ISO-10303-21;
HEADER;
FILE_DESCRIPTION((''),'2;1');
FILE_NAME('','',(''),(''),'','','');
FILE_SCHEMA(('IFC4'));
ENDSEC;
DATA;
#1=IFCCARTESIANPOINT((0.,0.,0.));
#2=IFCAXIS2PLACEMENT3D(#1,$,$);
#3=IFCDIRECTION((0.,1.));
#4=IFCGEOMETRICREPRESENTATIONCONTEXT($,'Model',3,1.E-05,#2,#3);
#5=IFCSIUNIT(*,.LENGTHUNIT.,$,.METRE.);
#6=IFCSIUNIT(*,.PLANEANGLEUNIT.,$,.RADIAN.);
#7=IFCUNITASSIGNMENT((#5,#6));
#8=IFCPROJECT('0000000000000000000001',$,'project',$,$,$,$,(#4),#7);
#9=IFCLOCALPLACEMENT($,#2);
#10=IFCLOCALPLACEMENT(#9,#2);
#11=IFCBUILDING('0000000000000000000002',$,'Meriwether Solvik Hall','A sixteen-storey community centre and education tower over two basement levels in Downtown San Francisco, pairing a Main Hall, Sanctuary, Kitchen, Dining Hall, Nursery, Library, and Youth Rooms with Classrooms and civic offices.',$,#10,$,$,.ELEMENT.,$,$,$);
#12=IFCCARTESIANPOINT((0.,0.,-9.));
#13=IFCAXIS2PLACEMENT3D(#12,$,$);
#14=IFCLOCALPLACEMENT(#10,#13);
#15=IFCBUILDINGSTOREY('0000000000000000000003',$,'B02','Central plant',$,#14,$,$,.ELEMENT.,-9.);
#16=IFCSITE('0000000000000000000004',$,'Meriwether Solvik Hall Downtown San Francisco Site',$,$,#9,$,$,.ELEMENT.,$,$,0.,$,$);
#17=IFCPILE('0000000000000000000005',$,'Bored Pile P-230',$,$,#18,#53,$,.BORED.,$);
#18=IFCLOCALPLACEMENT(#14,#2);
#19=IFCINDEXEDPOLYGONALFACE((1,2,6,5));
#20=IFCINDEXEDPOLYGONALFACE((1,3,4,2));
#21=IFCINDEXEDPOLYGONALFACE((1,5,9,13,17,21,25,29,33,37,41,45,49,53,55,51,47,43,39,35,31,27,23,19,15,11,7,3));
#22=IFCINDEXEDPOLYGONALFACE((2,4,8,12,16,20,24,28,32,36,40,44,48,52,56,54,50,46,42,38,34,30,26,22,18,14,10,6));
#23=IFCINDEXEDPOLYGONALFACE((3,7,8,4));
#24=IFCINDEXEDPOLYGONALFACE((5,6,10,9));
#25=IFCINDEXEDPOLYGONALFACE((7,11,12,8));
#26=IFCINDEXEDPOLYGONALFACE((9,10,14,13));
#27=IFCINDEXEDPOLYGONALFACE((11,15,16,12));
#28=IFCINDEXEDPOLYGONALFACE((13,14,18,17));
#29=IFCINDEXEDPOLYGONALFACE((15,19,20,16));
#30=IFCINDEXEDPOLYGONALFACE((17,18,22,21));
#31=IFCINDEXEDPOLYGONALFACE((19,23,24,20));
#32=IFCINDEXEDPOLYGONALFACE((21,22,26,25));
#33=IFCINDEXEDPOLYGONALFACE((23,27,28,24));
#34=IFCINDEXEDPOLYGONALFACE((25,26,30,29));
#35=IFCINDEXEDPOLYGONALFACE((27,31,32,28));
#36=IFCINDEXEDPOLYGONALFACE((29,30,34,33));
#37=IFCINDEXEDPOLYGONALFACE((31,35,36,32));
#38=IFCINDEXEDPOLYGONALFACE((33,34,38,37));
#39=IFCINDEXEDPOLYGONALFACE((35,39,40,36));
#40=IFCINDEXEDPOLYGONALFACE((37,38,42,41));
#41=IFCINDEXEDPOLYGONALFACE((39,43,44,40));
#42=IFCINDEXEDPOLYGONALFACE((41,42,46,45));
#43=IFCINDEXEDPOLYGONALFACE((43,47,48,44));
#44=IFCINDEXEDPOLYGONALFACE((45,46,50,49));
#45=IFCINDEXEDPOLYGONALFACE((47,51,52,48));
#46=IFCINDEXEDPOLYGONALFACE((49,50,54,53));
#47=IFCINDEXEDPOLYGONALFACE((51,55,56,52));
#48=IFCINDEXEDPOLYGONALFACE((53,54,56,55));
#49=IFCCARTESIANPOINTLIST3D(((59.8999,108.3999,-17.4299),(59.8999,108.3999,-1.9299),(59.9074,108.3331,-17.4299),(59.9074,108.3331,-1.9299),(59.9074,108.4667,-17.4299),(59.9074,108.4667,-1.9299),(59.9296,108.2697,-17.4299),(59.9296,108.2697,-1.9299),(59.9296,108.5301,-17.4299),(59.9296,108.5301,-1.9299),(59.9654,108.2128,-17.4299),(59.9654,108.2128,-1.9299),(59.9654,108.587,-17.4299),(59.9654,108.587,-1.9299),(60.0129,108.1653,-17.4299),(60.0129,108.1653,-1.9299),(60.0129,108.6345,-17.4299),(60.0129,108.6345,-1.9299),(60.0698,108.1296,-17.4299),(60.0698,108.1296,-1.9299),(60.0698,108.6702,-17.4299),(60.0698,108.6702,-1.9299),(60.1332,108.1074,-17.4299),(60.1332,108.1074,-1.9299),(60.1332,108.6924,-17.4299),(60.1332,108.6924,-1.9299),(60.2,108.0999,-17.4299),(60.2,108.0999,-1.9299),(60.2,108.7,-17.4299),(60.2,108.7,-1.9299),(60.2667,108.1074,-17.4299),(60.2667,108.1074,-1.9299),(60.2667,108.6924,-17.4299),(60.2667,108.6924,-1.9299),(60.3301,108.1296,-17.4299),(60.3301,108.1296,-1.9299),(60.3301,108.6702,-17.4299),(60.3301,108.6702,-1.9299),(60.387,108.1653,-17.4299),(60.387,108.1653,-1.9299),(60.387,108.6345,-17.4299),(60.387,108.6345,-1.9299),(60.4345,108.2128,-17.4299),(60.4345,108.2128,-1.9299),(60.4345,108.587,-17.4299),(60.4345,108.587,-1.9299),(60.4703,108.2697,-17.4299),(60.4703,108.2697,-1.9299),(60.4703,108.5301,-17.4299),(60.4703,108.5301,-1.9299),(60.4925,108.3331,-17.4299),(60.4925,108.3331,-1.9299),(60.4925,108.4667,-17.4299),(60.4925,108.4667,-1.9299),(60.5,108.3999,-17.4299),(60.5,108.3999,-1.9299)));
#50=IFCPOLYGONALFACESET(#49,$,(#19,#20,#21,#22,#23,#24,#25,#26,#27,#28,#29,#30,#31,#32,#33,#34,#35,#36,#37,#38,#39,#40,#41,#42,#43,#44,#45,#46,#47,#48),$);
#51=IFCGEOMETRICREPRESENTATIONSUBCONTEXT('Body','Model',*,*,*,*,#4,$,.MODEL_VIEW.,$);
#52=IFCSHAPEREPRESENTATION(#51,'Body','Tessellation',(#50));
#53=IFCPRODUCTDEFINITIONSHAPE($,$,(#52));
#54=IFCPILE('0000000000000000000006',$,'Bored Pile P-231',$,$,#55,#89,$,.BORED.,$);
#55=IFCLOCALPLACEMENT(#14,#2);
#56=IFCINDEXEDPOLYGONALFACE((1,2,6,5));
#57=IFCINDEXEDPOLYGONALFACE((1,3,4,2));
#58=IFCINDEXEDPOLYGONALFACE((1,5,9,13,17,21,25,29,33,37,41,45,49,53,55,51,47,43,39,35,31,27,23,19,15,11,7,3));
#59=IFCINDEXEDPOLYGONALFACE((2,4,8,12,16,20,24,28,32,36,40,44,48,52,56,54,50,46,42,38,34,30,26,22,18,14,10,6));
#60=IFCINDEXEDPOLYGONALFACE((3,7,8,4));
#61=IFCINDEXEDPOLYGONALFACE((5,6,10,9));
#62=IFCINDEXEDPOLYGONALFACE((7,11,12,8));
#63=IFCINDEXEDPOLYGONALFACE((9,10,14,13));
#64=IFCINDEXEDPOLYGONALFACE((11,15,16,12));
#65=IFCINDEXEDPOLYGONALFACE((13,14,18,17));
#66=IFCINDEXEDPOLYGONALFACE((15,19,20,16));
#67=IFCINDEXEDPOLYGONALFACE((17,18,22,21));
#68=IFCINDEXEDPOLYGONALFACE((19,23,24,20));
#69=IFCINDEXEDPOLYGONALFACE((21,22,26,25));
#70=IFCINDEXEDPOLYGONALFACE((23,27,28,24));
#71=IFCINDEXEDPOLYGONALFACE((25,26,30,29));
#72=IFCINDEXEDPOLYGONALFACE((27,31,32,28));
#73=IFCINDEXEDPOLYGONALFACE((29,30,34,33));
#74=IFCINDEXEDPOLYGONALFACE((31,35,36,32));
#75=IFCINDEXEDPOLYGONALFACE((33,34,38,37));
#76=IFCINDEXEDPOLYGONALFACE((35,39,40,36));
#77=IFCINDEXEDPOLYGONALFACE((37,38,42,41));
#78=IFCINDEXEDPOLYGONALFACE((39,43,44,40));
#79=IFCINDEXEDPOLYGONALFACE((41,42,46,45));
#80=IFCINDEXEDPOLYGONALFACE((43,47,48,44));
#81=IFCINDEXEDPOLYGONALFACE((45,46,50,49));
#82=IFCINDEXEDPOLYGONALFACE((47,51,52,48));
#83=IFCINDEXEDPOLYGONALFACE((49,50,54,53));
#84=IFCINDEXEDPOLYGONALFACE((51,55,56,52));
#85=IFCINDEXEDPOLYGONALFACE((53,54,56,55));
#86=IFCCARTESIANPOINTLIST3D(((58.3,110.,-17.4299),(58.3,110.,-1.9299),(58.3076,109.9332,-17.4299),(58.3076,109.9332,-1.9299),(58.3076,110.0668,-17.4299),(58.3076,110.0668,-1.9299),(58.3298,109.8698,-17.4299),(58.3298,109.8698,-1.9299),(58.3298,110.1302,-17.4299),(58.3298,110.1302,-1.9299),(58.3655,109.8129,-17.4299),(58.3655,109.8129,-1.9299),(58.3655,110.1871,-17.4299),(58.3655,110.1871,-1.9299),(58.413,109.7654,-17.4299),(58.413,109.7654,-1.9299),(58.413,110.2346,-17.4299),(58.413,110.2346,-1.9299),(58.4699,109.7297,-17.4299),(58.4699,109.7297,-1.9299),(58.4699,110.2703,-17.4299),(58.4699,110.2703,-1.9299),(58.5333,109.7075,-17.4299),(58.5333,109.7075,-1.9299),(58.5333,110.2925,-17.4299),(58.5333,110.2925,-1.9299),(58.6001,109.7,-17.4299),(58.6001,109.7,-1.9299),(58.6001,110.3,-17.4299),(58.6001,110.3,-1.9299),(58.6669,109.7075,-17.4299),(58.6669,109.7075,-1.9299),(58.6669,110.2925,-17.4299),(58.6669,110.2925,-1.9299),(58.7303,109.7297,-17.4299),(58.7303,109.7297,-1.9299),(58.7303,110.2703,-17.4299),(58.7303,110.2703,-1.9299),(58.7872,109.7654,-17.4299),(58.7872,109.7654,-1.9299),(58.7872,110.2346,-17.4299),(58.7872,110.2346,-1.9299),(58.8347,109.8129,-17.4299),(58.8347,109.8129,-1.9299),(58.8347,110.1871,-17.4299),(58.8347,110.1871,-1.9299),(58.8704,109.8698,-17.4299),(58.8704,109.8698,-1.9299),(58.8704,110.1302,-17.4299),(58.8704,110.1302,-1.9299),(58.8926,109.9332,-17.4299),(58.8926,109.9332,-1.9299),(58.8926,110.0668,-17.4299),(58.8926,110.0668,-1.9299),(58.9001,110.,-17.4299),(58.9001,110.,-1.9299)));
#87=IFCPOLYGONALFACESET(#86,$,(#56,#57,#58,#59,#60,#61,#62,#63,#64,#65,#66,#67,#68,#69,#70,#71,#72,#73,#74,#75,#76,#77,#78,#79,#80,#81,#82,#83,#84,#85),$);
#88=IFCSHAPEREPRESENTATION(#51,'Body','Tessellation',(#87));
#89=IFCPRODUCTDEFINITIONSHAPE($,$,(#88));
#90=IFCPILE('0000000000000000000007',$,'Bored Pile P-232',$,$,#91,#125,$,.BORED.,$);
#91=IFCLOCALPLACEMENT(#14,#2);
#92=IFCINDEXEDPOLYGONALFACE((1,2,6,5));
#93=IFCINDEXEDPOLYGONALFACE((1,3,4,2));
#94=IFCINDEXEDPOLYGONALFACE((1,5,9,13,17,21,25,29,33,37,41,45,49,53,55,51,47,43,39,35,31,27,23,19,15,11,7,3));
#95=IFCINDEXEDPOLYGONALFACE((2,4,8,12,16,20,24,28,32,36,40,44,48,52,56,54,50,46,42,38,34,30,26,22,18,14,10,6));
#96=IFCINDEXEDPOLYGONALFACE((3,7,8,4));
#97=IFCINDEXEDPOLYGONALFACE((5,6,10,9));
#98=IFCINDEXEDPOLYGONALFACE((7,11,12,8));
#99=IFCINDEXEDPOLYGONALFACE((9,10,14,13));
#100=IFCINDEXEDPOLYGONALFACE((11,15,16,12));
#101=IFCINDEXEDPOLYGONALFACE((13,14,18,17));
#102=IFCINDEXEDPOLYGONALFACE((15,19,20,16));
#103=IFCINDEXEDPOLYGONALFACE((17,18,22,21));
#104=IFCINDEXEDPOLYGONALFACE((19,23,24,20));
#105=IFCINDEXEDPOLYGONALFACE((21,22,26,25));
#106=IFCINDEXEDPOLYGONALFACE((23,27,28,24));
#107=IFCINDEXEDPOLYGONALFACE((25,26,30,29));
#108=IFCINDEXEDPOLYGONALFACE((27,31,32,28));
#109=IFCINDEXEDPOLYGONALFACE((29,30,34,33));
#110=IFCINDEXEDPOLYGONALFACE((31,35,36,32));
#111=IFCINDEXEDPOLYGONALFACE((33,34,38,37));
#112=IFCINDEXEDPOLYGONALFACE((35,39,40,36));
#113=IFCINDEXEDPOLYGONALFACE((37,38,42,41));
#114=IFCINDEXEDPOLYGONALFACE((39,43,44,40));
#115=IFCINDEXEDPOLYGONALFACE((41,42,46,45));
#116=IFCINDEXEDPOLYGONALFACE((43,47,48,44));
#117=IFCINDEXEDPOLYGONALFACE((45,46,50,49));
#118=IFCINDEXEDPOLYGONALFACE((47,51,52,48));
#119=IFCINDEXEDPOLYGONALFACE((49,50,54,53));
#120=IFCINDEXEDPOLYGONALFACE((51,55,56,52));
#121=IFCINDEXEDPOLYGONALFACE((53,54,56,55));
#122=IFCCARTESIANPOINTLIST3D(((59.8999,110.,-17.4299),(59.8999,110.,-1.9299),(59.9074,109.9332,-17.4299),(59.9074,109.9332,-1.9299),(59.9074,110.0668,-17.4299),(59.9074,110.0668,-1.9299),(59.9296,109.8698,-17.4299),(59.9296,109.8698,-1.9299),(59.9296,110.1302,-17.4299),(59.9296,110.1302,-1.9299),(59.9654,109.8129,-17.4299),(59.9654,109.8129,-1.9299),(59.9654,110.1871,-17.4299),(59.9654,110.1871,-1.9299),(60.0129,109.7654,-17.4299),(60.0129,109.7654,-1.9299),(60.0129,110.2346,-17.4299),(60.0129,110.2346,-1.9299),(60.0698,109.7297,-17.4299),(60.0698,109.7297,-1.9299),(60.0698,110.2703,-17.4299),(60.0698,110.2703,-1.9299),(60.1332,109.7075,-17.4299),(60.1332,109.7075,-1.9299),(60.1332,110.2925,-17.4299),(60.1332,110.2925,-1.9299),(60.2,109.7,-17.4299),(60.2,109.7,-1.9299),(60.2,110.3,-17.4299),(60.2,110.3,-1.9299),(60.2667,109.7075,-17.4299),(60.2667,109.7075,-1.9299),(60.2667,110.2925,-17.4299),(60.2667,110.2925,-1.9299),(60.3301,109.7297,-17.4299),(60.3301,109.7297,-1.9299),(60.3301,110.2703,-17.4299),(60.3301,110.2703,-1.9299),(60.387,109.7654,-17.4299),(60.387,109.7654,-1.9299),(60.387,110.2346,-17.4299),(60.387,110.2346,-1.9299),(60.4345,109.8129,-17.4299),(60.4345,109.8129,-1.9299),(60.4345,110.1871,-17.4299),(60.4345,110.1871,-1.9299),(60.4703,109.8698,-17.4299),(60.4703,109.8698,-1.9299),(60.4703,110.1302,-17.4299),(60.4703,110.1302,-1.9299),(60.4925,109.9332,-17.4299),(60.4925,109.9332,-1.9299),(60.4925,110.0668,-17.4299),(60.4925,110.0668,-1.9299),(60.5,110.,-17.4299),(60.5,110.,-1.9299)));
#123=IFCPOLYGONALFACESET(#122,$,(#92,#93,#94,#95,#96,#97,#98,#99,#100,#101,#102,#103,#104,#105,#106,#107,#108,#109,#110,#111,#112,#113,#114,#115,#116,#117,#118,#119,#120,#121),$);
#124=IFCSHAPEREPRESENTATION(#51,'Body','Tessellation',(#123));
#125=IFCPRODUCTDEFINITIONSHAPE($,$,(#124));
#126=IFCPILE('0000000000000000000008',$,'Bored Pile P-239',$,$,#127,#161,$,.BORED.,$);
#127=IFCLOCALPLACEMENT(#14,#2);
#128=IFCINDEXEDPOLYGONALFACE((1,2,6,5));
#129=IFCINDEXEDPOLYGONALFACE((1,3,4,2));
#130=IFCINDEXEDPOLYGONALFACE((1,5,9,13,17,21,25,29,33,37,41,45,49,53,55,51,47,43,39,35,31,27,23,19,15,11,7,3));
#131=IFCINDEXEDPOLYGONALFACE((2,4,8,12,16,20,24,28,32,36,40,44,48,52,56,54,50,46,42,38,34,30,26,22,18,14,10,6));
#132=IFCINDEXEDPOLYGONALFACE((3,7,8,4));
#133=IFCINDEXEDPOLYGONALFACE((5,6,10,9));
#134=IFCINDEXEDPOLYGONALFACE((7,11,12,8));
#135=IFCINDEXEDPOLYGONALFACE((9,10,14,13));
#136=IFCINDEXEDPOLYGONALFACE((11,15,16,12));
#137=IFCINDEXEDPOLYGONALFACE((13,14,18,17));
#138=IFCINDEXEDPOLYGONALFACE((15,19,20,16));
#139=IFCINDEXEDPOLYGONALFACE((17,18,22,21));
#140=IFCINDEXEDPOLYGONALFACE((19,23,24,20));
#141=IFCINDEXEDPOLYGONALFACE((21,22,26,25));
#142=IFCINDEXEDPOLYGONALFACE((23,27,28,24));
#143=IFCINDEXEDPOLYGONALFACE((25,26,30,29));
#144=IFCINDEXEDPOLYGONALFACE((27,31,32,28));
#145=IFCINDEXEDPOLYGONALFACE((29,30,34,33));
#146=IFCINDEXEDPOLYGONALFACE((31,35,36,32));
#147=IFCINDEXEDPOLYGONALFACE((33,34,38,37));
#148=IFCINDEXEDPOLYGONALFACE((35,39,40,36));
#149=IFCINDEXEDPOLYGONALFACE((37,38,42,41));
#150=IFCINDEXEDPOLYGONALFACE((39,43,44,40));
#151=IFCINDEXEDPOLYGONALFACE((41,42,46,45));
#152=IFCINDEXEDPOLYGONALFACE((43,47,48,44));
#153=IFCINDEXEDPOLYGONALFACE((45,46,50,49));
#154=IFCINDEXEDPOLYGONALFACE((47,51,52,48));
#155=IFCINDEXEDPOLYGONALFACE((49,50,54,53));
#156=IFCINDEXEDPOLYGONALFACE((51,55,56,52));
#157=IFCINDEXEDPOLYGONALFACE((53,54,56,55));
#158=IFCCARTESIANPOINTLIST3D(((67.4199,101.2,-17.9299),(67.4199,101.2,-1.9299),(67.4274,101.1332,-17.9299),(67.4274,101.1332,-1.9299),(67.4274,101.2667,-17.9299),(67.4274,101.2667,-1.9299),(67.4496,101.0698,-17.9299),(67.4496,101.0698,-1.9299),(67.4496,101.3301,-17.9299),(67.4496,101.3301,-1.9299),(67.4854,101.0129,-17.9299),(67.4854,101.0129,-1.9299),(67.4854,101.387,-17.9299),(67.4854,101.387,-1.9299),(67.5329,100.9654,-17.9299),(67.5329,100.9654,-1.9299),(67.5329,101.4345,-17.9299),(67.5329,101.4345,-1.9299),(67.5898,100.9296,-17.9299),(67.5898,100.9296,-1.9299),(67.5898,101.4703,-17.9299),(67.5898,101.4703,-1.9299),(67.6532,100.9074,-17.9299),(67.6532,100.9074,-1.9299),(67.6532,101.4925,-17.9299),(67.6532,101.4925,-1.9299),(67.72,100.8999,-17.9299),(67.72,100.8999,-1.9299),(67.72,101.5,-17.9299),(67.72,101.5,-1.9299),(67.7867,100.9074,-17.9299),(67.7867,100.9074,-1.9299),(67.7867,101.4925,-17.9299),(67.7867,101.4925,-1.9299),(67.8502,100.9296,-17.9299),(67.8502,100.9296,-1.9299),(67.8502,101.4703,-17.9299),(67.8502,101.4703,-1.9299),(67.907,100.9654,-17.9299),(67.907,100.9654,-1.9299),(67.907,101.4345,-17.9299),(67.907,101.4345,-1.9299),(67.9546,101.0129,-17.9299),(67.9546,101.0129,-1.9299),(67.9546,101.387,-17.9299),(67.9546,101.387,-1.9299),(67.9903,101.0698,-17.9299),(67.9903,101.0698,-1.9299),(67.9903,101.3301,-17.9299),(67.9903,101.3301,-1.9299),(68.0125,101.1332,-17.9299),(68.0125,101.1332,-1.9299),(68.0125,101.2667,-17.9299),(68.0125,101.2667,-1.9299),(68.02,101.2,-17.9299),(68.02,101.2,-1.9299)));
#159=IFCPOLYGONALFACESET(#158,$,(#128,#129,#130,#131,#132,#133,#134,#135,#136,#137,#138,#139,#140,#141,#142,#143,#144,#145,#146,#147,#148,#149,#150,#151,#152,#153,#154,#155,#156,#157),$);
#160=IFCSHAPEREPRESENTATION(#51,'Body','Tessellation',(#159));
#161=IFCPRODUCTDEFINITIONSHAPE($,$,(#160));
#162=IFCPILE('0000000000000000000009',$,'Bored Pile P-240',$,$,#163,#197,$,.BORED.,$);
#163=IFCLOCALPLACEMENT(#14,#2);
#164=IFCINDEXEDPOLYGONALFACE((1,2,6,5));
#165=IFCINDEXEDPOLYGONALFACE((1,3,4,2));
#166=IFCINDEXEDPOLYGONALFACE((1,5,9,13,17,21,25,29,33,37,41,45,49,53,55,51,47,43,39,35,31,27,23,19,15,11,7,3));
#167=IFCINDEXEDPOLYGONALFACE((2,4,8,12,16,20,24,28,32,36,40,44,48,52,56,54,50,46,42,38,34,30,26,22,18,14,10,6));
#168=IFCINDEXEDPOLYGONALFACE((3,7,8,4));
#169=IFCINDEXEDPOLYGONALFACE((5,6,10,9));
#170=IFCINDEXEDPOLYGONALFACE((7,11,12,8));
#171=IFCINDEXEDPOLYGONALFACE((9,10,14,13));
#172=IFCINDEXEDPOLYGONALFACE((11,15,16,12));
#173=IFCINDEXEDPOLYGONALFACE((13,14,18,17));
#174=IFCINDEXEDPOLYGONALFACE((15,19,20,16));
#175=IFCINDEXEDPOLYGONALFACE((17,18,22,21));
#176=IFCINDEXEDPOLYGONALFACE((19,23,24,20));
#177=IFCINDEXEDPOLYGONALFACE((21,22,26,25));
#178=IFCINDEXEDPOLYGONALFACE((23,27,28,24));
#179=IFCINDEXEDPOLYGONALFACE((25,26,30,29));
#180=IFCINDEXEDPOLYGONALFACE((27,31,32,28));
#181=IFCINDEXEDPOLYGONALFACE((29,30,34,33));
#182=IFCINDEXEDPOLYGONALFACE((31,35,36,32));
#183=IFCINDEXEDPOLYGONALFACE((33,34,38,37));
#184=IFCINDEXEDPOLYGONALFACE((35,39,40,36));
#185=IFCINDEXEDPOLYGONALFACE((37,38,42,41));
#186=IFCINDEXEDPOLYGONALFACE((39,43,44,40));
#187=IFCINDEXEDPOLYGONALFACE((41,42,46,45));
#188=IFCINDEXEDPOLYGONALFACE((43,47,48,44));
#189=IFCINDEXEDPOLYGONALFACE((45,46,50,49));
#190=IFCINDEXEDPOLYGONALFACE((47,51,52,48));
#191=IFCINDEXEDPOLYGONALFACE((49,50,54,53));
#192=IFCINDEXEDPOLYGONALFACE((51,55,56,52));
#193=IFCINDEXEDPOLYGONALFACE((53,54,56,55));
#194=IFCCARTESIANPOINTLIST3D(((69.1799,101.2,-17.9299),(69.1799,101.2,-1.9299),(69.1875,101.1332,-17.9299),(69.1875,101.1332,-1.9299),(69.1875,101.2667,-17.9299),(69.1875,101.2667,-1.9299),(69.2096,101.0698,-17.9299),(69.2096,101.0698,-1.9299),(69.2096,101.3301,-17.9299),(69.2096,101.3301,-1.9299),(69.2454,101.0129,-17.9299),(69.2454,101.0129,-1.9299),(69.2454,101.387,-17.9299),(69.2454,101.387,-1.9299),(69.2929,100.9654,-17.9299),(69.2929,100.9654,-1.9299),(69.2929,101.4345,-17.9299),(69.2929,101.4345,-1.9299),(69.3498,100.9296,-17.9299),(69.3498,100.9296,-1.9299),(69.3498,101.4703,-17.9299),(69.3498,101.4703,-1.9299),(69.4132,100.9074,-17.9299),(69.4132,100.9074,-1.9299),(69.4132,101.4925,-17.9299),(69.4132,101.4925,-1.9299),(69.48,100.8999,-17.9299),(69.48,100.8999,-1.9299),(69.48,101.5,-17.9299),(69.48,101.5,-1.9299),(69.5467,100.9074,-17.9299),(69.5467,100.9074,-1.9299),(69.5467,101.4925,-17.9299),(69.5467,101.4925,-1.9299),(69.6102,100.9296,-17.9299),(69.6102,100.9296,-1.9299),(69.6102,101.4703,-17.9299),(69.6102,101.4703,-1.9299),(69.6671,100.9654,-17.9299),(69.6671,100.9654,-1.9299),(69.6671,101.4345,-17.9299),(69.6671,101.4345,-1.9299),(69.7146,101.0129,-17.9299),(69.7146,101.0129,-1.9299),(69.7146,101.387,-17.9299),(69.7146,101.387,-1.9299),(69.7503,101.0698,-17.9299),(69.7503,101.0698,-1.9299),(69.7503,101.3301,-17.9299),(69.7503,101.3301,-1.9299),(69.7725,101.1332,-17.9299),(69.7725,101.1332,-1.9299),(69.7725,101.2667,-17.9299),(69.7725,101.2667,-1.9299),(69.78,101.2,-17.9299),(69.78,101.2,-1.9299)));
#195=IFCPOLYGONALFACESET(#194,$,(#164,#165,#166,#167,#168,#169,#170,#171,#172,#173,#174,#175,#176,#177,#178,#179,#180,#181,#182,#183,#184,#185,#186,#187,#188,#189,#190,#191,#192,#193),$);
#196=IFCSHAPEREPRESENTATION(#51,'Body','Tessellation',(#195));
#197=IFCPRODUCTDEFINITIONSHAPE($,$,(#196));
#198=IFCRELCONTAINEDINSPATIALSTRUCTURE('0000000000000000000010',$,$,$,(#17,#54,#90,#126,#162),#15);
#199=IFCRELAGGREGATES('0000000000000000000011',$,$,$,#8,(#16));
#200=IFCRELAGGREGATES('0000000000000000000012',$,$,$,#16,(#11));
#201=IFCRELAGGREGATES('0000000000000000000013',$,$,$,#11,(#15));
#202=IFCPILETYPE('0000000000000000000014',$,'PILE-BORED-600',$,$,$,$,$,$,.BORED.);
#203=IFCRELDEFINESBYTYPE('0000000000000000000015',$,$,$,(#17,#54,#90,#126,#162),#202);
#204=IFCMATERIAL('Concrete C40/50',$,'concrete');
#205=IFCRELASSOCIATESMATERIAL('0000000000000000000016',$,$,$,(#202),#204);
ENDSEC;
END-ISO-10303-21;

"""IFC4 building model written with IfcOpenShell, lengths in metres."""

from ifc_helpers import new_model, si_unit, direction, frame, origin, origin_2d, place, context, subcontext, project, spatial, circle, extrude, material, material_profile, profile_set, type_object, element, save


model = new_model("IFC4")

# Units and contexts
model_context = context("Model", 3, precision=1e-05, world=origin(), true_north=direction((0.0, 1.0)))
body_context = subcontext(model_context, "Body", "Model", "MODEL_VIEW")
ifc_project = project(units=[si_unit("LENGTHUNIT", "METRE"), si_unit("PLANEANGLEUNIT", "RADIAN")], contexts=[model_context])

# Site, building, storey
site_placement = place(None, origin())
site = spatial("IfcSite", under=ifc_project, at=site_placement, Name="Meriwether Solvik Hall Downtown San Francisco Site", CompositionType="ELEMENT", RefElevation=0.0)
building_placement = place(site_placement, origin())
building = spatial("IfcBuilding", under=site, at=building_placement, Name="Meriwether Solvik Hall", Description="A sixteen-storey community centre and education tower over two basement levels in Downtown San Francisco, pairing a Main Hall, Sanctuary, Kitchen, Dining Hall, Nursery, Library, and Youth Rooms with Classrooms and civic offices.", CompositionType="ELEMENT")
storey_placement = place(building_placement, frame((0.0, 0.0, -9.0)))
storey = spatial("IfcBuildingStorey", under=building, at=storey_placement, Name="B02", Description="Central plant", CompositionType="ELEMENT", Elevation=-9.0)

# Piles
ifc_material_1 = material(Name="Concrete C40/50", Category="concrete")
ifc_material_profile_1 = material_profile(ifc_material_1, circle(Radius=0.3, at=origin_2d()), Name="PILE-D600")
ifc_profile_set_1 = profile_set([ifc_material_profile_1], Name="Concrete C40/50")
pile_type_1 = type_object("IfcPileType", Name="PILE-BORED-600", PredefinedType="BORED", material=ifc_profile_set_1)
for number, where, z_axis, x_axis, name in (
    (1, (60.2, 108.3999, -1.9299), (0.0, 0.0, -1.0), (1.0, 0.0, 0.0), "Bored Pile P-230"),
    (2, (58.6001, 110.0, -1.9299), (0.0, 0.0, -1.0), (1.0, 0.0, 0.0), "Bored Pile P-231"),
    (3, (60.2, 110.0, -1.9299), (0.0, 0.0, -1.0), (1.0, 0.0, 0.0), "Bored Pile P-232"),
):
    element("IfcPile", number, at=place(storey_placement, frame(where, z_axis=z_axis, x_axis=x_axis)), inside=storey, type_object=pile_type_1, Name=name, PredefinedType="BORED", context=body_context, shape_type="SweptSolid", body=[
        extrude(circle(Radius=0.3, at=origin_2d()), origin(), (0.0, 0.0, 1.0), 15.5),
    ])
for number, where, z_axis, x_axis, name in (
    (4, (67.72, 101.2, -1.9299), (0.0, 0.0, -1.0), (1.0, 0.0, 0.0), "Bored Pile P-239"),
    (5, (69.48, 101.2, -1.9299), (0.0, 0.0, -1.0), (1.0, 0.0, 0.0), "Bored Pile P-240"),
):
    element("IfcPile", number, at=place(storey_placement, frame(where, z_axis=z_axis, x_axis=x_axis)), inside=storey, type_object=pile_type_1, Name=name, PredefinedType="BORED", context=body_context, shape_type="SweptSolid", body=[
        extrude(circle(Radius=0.3, at=origin_2d()), origin(), (0.0, 0.0, 1.0), 16.0),
    ])

save(model, "model.ifc")
